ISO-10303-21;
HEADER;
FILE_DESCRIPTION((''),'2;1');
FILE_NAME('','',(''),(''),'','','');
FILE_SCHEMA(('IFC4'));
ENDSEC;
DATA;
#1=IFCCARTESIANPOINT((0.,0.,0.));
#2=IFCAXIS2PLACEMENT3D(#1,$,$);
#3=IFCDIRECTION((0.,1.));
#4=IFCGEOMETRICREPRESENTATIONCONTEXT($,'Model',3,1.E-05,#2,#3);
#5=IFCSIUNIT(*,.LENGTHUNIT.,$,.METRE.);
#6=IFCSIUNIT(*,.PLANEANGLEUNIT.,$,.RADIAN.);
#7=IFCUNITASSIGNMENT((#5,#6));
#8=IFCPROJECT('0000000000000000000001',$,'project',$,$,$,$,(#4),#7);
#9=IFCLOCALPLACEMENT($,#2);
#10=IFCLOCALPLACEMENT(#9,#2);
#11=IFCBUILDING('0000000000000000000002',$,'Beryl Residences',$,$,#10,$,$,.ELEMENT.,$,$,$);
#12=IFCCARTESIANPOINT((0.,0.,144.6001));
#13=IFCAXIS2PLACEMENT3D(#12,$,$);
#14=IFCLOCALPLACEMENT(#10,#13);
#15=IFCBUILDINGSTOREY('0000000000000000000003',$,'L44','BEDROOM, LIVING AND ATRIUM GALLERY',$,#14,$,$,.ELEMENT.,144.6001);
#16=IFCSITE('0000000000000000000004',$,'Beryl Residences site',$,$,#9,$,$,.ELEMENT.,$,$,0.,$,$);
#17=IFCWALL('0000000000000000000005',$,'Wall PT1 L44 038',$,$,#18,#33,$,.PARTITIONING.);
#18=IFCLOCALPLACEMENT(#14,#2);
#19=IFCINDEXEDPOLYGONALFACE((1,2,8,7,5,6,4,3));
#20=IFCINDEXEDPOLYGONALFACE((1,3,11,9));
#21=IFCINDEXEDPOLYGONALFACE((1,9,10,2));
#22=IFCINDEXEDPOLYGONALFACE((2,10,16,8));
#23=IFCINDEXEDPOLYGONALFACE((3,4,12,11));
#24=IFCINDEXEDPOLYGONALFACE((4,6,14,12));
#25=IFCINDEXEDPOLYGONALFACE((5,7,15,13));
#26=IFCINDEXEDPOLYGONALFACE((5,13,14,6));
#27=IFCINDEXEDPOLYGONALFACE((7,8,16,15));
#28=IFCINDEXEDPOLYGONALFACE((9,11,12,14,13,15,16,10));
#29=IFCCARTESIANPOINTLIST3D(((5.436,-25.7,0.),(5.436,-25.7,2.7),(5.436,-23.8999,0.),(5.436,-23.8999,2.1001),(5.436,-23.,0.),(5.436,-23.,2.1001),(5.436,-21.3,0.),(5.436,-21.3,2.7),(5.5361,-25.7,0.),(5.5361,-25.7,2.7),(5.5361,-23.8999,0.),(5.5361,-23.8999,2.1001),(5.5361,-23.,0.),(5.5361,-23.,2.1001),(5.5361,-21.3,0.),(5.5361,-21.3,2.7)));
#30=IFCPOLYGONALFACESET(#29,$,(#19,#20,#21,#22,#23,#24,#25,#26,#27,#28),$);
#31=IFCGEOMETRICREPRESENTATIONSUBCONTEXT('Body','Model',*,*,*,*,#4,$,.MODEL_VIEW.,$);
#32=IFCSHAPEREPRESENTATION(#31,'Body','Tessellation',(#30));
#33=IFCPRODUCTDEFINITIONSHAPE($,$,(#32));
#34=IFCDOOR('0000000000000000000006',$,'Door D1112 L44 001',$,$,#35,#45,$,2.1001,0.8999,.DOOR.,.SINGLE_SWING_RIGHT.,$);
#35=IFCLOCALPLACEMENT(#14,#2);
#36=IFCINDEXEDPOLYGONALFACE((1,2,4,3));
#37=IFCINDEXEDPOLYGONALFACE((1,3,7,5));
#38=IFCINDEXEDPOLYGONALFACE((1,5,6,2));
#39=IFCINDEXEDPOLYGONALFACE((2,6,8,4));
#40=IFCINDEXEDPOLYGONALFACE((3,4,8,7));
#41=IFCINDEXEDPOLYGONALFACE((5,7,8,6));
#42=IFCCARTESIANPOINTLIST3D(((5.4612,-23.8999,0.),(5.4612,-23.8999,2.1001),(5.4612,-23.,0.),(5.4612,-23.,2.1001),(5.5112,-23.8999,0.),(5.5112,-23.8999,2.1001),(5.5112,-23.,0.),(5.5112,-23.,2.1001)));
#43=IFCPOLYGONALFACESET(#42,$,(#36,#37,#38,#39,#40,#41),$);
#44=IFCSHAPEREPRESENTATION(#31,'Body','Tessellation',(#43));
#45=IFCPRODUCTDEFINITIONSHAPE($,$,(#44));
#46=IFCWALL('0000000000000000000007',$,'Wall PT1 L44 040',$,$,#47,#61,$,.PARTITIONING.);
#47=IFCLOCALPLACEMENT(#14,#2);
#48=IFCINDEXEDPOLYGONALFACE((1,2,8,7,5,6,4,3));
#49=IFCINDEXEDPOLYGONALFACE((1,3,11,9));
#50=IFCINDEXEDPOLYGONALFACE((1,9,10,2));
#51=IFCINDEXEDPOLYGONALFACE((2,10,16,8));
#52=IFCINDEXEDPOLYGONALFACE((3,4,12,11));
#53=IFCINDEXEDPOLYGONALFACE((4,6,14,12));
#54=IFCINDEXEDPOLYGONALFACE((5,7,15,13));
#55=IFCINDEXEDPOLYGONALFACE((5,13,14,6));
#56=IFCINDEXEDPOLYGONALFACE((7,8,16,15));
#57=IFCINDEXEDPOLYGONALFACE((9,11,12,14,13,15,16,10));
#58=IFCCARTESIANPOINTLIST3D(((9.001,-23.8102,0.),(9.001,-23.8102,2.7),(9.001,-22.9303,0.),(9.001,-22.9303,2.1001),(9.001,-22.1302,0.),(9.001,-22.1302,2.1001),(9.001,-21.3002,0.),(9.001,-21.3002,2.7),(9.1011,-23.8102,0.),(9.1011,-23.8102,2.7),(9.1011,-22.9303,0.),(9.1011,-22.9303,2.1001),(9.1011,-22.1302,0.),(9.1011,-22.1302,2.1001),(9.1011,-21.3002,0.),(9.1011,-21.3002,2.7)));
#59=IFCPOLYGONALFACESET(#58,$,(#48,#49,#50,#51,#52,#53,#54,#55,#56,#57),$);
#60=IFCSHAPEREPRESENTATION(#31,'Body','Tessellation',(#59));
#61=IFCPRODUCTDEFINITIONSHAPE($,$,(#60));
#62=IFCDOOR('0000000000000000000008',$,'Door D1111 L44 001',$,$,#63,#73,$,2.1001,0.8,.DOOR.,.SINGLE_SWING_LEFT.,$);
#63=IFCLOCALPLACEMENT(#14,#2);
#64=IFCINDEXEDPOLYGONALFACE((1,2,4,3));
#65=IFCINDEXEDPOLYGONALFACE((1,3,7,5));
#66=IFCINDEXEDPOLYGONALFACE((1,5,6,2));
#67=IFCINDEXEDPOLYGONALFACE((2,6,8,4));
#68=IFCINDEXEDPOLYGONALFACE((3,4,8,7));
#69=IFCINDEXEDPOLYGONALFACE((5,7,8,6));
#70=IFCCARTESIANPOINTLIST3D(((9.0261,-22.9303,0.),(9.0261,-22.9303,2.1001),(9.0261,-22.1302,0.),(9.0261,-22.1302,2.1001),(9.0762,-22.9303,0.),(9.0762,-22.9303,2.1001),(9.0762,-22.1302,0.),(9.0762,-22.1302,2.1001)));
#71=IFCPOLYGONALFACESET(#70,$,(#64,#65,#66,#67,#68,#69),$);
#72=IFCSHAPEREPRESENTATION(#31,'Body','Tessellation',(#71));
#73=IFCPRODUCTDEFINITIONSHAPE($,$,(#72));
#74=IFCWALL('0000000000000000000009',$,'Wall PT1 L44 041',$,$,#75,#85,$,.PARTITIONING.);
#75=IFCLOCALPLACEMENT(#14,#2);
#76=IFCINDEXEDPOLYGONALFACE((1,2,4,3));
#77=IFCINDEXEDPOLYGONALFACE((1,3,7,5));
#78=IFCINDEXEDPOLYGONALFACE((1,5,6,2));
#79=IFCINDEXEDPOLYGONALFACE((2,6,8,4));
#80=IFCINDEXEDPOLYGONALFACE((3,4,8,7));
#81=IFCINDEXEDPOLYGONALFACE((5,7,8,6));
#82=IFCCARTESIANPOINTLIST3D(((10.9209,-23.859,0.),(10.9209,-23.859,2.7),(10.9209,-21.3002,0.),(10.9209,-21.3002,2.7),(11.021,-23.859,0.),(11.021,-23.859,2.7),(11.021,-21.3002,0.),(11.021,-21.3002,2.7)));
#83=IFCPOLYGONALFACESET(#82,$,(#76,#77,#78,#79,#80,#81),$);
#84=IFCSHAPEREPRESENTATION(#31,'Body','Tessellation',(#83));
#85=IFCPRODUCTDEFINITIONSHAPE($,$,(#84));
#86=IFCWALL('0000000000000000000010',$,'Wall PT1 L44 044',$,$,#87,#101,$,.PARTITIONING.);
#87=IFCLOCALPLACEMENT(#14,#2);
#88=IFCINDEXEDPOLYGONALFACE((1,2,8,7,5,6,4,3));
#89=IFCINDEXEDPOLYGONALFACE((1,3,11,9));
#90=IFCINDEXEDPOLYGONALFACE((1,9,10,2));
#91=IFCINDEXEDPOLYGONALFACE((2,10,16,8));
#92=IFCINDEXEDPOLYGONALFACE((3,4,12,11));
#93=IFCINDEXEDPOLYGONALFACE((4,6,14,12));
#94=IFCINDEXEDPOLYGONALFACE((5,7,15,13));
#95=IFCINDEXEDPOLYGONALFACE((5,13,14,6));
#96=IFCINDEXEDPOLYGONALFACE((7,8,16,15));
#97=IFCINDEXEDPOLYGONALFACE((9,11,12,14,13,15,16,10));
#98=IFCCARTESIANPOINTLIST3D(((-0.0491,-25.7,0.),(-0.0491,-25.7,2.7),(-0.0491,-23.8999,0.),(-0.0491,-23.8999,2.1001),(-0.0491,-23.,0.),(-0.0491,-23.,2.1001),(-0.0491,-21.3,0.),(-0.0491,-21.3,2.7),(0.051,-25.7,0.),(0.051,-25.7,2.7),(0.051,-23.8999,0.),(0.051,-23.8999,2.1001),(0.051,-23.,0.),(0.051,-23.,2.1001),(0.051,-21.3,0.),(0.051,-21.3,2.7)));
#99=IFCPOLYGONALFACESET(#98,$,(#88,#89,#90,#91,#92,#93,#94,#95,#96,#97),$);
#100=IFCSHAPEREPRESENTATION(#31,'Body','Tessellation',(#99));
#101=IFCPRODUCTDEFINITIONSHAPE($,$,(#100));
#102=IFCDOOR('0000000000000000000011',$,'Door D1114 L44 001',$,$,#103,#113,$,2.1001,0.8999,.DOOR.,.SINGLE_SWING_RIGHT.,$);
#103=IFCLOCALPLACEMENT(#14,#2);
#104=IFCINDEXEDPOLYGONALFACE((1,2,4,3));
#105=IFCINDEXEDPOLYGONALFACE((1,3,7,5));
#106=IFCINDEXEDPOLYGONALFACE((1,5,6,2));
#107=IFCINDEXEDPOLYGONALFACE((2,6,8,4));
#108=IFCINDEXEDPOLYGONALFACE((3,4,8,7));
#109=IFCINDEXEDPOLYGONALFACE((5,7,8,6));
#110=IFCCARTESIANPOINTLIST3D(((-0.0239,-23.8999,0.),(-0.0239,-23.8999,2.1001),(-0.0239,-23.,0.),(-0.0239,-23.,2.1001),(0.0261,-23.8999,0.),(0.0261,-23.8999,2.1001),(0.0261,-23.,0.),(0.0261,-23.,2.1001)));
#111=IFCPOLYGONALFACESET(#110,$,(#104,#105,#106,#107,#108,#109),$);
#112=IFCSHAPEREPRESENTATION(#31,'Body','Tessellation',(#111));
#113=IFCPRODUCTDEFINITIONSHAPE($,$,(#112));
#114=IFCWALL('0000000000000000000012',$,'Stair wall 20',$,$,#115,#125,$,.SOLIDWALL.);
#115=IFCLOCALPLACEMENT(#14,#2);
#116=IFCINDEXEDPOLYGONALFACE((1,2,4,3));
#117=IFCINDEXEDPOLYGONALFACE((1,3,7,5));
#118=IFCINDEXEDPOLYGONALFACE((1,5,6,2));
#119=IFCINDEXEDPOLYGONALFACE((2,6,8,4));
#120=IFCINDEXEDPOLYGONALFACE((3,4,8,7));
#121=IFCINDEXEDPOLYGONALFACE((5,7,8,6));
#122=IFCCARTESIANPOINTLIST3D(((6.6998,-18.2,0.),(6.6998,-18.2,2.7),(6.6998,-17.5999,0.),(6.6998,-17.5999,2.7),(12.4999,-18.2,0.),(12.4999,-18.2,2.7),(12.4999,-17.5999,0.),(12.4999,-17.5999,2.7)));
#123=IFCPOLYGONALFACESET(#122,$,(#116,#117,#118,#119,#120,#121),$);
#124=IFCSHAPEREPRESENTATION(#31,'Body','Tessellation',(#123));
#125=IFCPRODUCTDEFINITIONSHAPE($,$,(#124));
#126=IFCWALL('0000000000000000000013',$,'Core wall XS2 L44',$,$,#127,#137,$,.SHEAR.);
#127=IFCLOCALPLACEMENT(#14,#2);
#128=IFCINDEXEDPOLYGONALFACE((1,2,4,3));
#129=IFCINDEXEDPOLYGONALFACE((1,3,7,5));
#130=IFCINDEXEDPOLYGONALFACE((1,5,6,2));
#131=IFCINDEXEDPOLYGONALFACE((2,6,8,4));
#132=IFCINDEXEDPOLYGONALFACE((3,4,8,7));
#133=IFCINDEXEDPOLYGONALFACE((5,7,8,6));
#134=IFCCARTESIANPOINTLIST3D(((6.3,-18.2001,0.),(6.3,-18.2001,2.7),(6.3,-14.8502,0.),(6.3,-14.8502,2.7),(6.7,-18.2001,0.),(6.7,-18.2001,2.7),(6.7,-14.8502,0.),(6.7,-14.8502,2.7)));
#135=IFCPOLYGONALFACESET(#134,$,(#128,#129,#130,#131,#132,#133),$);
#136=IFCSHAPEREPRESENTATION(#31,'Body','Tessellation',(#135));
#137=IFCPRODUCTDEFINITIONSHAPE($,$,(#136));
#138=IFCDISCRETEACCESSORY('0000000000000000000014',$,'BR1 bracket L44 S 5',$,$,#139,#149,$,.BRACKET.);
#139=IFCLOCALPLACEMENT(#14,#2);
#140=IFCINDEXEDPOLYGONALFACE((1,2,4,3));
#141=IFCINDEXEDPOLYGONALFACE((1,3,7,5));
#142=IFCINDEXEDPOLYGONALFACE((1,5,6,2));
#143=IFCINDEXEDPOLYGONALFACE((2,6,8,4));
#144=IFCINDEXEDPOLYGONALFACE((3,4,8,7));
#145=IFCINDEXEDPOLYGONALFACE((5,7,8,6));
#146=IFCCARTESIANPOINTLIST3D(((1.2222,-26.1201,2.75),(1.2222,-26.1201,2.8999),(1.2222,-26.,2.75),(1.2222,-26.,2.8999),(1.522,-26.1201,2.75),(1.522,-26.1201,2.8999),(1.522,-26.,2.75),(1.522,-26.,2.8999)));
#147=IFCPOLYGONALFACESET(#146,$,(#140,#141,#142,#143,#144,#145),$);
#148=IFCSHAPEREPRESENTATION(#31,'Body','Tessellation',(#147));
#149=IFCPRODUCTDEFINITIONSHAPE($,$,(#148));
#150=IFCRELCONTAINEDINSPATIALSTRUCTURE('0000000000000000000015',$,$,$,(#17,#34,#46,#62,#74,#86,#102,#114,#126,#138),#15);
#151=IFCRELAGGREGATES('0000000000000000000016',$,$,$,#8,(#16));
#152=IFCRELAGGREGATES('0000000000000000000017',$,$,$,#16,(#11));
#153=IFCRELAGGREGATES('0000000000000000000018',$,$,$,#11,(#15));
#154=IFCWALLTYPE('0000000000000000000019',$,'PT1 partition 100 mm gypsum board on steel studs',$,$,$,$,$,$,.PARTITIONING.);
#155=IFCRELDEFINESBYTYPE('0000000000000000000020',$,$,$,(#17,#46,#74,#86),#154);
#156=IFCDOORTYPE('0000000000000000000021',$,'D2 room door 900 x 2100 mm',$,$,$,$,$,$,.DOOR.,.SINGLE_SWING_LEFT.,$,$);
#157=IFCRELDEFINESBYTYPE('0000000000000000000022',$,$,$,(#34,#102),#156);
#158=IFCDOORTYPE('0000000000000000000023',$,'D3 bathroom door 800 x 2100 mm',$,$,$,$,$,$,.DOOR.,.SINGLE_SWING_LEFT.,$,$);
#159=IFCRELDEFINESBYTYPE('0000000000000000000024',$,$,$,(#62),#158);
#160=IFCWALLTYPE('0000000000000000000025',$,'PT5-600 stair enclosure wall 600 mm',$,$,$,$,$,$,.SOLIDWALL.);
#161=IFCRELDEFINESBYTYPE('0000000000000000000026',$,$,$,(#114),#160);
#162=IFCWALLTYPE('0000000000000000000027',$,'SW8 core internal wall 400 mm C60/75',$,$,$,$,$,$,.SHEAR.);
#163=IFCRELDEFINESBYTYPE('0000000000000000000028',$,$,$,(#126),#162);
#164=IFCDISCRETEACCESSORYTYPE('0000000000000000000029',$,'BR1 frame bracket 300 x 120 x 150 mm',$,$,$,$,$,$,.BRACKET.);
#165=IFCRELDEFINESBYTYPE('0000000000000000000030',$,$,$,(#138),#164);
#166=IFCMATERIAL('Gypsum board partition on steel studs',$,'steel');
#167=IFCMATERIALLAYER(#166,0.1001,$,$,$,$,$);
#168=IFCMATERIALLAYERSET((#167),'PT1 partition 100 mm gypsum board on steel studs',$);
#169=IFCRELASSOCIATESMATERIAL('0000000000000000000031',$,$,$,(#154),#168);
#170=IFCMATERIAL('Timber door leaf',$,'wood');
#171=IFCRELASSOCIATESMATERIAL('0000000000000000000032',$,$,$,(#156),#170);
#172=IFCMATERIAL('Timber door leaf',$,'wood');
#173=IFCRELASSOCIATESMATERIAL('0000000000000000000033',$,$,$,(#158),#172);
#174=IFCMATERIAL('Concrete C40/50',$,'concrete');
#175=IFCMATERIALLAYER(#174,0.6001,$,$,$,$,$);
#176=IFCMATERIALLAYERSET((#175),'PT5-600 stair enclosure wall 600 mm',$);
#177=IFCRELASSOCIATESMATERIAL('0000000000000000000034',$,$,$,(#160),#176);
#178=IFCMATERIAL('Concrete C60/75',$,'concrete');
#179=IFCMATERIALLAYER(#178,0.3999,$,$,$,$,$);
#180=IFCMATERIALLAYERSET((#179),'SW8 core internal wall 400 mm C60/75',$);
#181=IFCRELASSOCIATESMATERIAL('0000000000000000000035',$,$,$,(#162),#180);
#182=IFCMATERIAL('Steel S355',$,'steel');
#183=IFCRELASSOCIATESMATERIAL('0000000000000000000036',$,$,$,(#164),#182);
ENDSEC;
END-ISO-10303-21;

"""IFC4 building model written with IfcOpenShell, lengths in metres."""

from ifc_helpers import new_model, si_unit, direction, frame, frame_2d, origin, place, context, subcontext, project, spatial, polyline, rectangle, outline, extrude, source, transform, mapped, material, layer, layer_set, type_object, type_shapes, element, fill, save


model = new_model("IFC4")

# Units and contexts
model_context = context("Model", 3, precision=1e-05, world=origin(), true_north=direction((0.0, 1.0)))
body_context = subcontext(model_context, "Body", "Model", "MODEL_VIEW")
ifc_project = project(units=[si_unit("LENGTHUNIT", "METRE"), si_unit("PLANEANGLEUNIT", "RADIAN")], contexts=[model_context])

# Site, building, storey
site_placement = place(None, origin())
site = spatial("IfcSite", under=ifc_project, at=site_placement, Name="Beryl Residences site", CompositionType="ELEMENT", RefElevation=0.0)
building_placement = place(site_placement, origin())
building = spatial("IfcBuilding", under=site, at=building_placement, Name="Beryl Residences", CompositionType="ELEMENT")
storey_placement = place(building_placement, frame((0.0, 0.0, 144.6001)))
storey = spatial("IfcBuildingStorey", under=building, at=storey_placement, Name="L44", Description="BEDROOM, LIVING AND ATRIUM GALLERY", CompositionType="ELEMENT", Elevation=144.6001)

# Shared definitions
ifc_material_1 = material(Name="Gypsum board partition on steel studs", Category="steel")
ifc_layer_1 = layer(ifc_material_1, 0.1001)
ifc_layer_set_1 = layer_set([ifc_layer_1], Name="PT1 partition 100 mm gypsum board on steel studs")
wall_type_1 = type_object("IfcWallType", Name="PT1 partition 100 mm gypsum board on steel studs", PredefinedType="PARTITIONING", material=ifc_layer_set_1)
ifc_material_2 = material(Name="Timber door leaf", Category="wood")
door_type_1 = type_object("IfcDoorType", Name="D2 room door 900 x 2100 mm", OperationType="SINGLE_SWING_LEFT", PredefinedType="DOOR", material=ifc_material_2)

# Walls, openings, doors
wall_1_placement = place(storey_placement, frame((5.4861, -25.7, 0.0), z_axis=(0.0, 0.0, 1.0), x_axis=(0.0, 1.0, 0.0)))
wall_1 = element("IfcWall", 1, at=wall_1_placement, inside=storey, type_object=wall_type_1, Name="Wall PT1 L44 038", PredefinedType="PARTITIONING", context=body_context, shape_type="SweptSolid", body=[
    extrude(rectangle(XDim=4.3999, YDim=0.1001, at=frame_2d((2.2, 0.0))), origin(), (0.0, 0.0, 1.0), 2.7),
])
opening_1_placement = place(wall_1_placement, frame((1.8, 0.0, 0.0)))
opening_1 = element("IfcOpeningElement", 2, at=opening_1_placement, cuts=wall_1, PredefinedType="OPENING", context=body_context, shape_type="SweptSolid", body=[
    extrude(rectangle(XDim=0.8999, YDim=2.1001, at=frame_2d((0.45, 1.05))), frame((0.0, 0.0601, 0.0), z_axis=(0.0, -1.0, 0.0), x_axis=(1.0, 0.0, 0.0)), (0.0, 0.0, 1.0), 0.1201),
])
door_1_placement = place(opening_1_placement, origin())
door_1 = element("IfcDoor", 3, at=door_1_placement, inside=storey, type_object=door_type_1, Name="Door D1112 L44 001", OperationType="SINGLE_SWING_RIGHT", OverallHeight=2.1001, OverallWidth=0.8999, PredefinedType="DOOR", context=body_context, shape_type="SweptSolid", body=[
    extrude(rectangle(XDim=0.8999, YDim=2.1001, at=frame_2d((0.45, 1.05))), frame((0.0, 0.0249, 0.0), z_axis=(0.0, -1.0, 0.0), x_axis=(1.0, 0.0, 0.0)), (0.0, 0.0, 1.0), 0.05),
])
fill(opening_1, door_1)
wall_2_placement = place(storey_placement, frame((9.051, -23.8101, 0.0), z_axis=(0.0, 0.0, 1.0), x_axis=(0.0, 1.0, 0.0)))
wall_2 = element("IfcWall", 4, at=wall_2_placement, inside=storey, type_object=wall_type_1, Name="Wall PT1 L44 040", PredefinedType="PARTITIONING", context=body_context, shape_type="SweptSolid", body=[
    extrude(rectangle(XDim=2.51, YDim=0.1001, at=frame_2d((1.2549, 0.0))), origin(), (0.0, 0.0, 1.0), 2.7),
])
opening_2_placement = place(wall_2_placement, frame((0.8799, 0.0, 0.0)))
opening_2 = element("IfcOpeningElement", 5, at=opening_2_placement, cuts=wall_2, PredefinedType="OPENING", context=body_context, shape_type="SweptSolid", body=[
    extrude(rectangle(XDim=0.8, YDim=2.1001, at=frame_2d((0.3999, 1.05))), frame((0.0, 0.0601, 0.0), z_axis=(0.0, -1.0, 0.0), x_axis=(1.0, 0.0, 0.0)), (0.0, 0.0, 1.0), 0.1201),
])
ifc_material_3 = material(Name="Timber door leaf", Category="wood")
door_type_2 = type_object("IfcDoorType", Name="D3 bathroom door 800 x 2100 mm", OperationType="SINGLE_SWING_LEFT", PredefinedType="DOOR", material=ifc_material_3)
door_2_placement = place(opening_2_placement, origin())
door_2 = element("IfcDoor", 6, at=door_2_placement, inside=storey, type_object=door_type_2, Name="Door D1111 L44 001", OperationType="SINGLE_SWING_LEFT", OverallHeight=2.1001, OverallWidth=0.8, PredefinedType="DOOR", context=body_context, shape_type="SweptSolid", body=[
    extrude(rectangle(XDim=0.8, YDim=2.1001, at=frame_2d((0.3999, 1.05))), frame((0.0, 0.0249, 0.0), z_axis=(0.0, -1.0, 0.0), x_axis=(1.0, 0.0, 0.0)), (0.0, 0.0, 1.0), 0.05),
])
fill(opening_2, door_2)

# Wall
wall_3_placement = place(storey_placement, frame((10.9709, -23.8589, 0.0), z_axis=(0.0, 0.0, 1.0), x_axis=(0.0, 1.0, 0.0)))
element("IfcWall", 7, at=wall_3_placement, inside=storey, type_object=wall_type_1, Name="Wall PT1 L44 041", PredefinedType="PARTITIONING", context=body_context, shape_type="SweptSolid", body=[
    extrude(rectangle(XDim=2.5588, YDim=0.1001, at=frame_2d((1.2793, 0.0))), origin(), (0.0, 0.0, 1.0), 2.7),
])

# Wall, opening, door
wall_4_placement = place(storey_placement, frame((0.001, -25.7, 0.0), z_axis=(0.0, 0.0, 1.0), x_axis=(0.0, 1.0, 0.0)))
wall_4 = element("IfcWall", 8, at=wall_4_placement, inside=storey, type_object=wall_type_1, Name="Wall PT1 L44 044", PredefinedType="PARTITIONING", context=body_context, shape_type="SweptSolid", body=[
    extrude(rectangle(XDim=4.3999, YDim=0.1001, at=frame_2d((2.2, 0.0))), origin(), (0.0, 0.0, 1.0), 2.7),
])
opening_3_placement = place(wall_4_placement, frame((1.8, 0.0, 0.0)))
opening_3 = element("IfcOpeningElement", 9, at=opening_3_placement, cuts=wall_4, PredefinedType="OPENING", context=body_context, shape_type="SweptSolid", body=[
    extrude(rectangle(XDim=0.8999, YDim=2.1001, at=frame_2d((0.45, 1.05))), frame((0.0, 0.0601, 0.0), z_axis=(0.0, -1.0, 0.0), x_axis=(1.0, 0.0, 0.0)), (0.0, 0.0, 1.0), 0.1201),
])
door_3_placement = place(opening_3_placement, origin())
door_3 = element("IfcDoor", 10, at=door_3_placement, inside=storey, type_object=door_type_1, Name="Door D1114 L44 001", OperationType="SINGLE_SWING_RIGHT", OverallHeight=2.1001, OverallWidth=0.8999, PredefinedType="DOOR", context=body_context, shape_type="SweptSolid", body=[
    extrude(rectangle(XDim=0.8999, YDim=2.1001, at=frame_2d((0.45, 1.05))), frame((0.0, 0.0249, 0.0), z_axis=(0.0, -1.0, 0.0), x_axis=(1.0, 0.0, 0.0)), (0.0, 0.0, 1.0), 0.05),
])
fill(opening_3, door_3)

# Walls
ifc_material_4 = material(Name="Concrete C40/50", Category="concrete")
ifc_layer_2 = layer(ifc_material_4, 0.6001)
ifc_layer_set_2 = layer_set([ifc_layer_2], Name="PT5-600 stair enclosure wall 600 mm")
wall_type_2 = type_object("IfcWallType", Name="PT5-600 stair enclosure wall 600 mm", PredefinedType="SOLIDWALL", material=ifc_layer_set_2)
wall_5_placement = place(storey_placement, frame((6.7, -17.8999, 0.0), z_axis=(0.0, 0.0, 1.0), x_axis=(1.0, 0.0, 0.0)))
element("IfcWall", 11, at=wall_5_placement, inside=storey, type_object=wall_type_2, Name="Stair wall 20", PredefinedType="SOLIDWALL", context=body_context, shape_type="SweptSolid", body=[
    extrude(rectangle(XDim=5.8, YDim=0.6001, at=frame_2d((2.8999, 0.0))), origin(), (0.0, 0.0, 1.0), 2.7),
])
ifc_material_5 = material(Name="Concrete C60/75", Category="concrete")
ifc_layer_3 = layer(ifc_material_5, 0.3999)
ifc_layer_set_3 = layer_set([ifc_layer_3], Name="SW8 core internal wall 400 mm C60/75")
wall_type_3 = type_object("IfcWallType", Name="SW8 core internal wall 400 mm C60/75", PredefinedType="SHEAR", material=ifc_layer_set_3)
wall_6_placement = place(storey_placement, frame((6.5, -18.2, 0.0), z_axis=(0.0, 0.0, 1.0), x_axis=(0.0, 1.0, 0.0)))
element("IfcWall", 12, at=wall_6_placement, inside=storey, type_object=wall_type_3, Name="Core wall XS2 L44", PredefinedType="SHEAR", context=body_context, shape_type="SweptSolid", body=[
    extrude(rectangle(XDim=3.3499, YDim=0.3999, at=frame_2d((1.6748, 0.0))), origin(), (0.0, 0.0, 1.0), 2.7),
])

# Discrete accessory
ifc_material_6 = material(Name="Steel S355", Category="steel")
discrete_accessory_type = type_object("IfcDiscreteAccessoryType", Name="BR1 frame bracket 300 x 120 x 150 mm", PredefinedType="BRACKET", material=ifc_material_6)
shared_shape_1 = source(origin(), body_context, "Body", "SweptSolid", [
    extrude(outline(polyline([(-0.1499, 0.0), (0.1499, 0.0), (0.1499, 0.1201), (-0.1499, 0.1201), (-0.1499, 0.0)])), origin(), (0.0, 0.0, 1.0), 0.1499),
])
type_shapes(discrete_accessory_type, [shared_shape_1])
discrete_accessory_placement = place(storey_placement, frame((1.3721, -26.0, 2.75), z_axis=(0.0, 0.0, 1.0), x_axis=(-1.0, 0.0, 0.0)))
element("IfcDiscreteAccessory", 13, at=discrete_accessory_placement, inside=storey, type_object=discrete_accessory_type, Name="BR1 bracket L44 S 5", PredefinedType="BRACKET", context=body_context, shape_type="MappedRepresentation", body=[
    mapped(shared_shape_1, transform((0.0, 0.0, 0.0))),
])

save(model, "model.ifc")
